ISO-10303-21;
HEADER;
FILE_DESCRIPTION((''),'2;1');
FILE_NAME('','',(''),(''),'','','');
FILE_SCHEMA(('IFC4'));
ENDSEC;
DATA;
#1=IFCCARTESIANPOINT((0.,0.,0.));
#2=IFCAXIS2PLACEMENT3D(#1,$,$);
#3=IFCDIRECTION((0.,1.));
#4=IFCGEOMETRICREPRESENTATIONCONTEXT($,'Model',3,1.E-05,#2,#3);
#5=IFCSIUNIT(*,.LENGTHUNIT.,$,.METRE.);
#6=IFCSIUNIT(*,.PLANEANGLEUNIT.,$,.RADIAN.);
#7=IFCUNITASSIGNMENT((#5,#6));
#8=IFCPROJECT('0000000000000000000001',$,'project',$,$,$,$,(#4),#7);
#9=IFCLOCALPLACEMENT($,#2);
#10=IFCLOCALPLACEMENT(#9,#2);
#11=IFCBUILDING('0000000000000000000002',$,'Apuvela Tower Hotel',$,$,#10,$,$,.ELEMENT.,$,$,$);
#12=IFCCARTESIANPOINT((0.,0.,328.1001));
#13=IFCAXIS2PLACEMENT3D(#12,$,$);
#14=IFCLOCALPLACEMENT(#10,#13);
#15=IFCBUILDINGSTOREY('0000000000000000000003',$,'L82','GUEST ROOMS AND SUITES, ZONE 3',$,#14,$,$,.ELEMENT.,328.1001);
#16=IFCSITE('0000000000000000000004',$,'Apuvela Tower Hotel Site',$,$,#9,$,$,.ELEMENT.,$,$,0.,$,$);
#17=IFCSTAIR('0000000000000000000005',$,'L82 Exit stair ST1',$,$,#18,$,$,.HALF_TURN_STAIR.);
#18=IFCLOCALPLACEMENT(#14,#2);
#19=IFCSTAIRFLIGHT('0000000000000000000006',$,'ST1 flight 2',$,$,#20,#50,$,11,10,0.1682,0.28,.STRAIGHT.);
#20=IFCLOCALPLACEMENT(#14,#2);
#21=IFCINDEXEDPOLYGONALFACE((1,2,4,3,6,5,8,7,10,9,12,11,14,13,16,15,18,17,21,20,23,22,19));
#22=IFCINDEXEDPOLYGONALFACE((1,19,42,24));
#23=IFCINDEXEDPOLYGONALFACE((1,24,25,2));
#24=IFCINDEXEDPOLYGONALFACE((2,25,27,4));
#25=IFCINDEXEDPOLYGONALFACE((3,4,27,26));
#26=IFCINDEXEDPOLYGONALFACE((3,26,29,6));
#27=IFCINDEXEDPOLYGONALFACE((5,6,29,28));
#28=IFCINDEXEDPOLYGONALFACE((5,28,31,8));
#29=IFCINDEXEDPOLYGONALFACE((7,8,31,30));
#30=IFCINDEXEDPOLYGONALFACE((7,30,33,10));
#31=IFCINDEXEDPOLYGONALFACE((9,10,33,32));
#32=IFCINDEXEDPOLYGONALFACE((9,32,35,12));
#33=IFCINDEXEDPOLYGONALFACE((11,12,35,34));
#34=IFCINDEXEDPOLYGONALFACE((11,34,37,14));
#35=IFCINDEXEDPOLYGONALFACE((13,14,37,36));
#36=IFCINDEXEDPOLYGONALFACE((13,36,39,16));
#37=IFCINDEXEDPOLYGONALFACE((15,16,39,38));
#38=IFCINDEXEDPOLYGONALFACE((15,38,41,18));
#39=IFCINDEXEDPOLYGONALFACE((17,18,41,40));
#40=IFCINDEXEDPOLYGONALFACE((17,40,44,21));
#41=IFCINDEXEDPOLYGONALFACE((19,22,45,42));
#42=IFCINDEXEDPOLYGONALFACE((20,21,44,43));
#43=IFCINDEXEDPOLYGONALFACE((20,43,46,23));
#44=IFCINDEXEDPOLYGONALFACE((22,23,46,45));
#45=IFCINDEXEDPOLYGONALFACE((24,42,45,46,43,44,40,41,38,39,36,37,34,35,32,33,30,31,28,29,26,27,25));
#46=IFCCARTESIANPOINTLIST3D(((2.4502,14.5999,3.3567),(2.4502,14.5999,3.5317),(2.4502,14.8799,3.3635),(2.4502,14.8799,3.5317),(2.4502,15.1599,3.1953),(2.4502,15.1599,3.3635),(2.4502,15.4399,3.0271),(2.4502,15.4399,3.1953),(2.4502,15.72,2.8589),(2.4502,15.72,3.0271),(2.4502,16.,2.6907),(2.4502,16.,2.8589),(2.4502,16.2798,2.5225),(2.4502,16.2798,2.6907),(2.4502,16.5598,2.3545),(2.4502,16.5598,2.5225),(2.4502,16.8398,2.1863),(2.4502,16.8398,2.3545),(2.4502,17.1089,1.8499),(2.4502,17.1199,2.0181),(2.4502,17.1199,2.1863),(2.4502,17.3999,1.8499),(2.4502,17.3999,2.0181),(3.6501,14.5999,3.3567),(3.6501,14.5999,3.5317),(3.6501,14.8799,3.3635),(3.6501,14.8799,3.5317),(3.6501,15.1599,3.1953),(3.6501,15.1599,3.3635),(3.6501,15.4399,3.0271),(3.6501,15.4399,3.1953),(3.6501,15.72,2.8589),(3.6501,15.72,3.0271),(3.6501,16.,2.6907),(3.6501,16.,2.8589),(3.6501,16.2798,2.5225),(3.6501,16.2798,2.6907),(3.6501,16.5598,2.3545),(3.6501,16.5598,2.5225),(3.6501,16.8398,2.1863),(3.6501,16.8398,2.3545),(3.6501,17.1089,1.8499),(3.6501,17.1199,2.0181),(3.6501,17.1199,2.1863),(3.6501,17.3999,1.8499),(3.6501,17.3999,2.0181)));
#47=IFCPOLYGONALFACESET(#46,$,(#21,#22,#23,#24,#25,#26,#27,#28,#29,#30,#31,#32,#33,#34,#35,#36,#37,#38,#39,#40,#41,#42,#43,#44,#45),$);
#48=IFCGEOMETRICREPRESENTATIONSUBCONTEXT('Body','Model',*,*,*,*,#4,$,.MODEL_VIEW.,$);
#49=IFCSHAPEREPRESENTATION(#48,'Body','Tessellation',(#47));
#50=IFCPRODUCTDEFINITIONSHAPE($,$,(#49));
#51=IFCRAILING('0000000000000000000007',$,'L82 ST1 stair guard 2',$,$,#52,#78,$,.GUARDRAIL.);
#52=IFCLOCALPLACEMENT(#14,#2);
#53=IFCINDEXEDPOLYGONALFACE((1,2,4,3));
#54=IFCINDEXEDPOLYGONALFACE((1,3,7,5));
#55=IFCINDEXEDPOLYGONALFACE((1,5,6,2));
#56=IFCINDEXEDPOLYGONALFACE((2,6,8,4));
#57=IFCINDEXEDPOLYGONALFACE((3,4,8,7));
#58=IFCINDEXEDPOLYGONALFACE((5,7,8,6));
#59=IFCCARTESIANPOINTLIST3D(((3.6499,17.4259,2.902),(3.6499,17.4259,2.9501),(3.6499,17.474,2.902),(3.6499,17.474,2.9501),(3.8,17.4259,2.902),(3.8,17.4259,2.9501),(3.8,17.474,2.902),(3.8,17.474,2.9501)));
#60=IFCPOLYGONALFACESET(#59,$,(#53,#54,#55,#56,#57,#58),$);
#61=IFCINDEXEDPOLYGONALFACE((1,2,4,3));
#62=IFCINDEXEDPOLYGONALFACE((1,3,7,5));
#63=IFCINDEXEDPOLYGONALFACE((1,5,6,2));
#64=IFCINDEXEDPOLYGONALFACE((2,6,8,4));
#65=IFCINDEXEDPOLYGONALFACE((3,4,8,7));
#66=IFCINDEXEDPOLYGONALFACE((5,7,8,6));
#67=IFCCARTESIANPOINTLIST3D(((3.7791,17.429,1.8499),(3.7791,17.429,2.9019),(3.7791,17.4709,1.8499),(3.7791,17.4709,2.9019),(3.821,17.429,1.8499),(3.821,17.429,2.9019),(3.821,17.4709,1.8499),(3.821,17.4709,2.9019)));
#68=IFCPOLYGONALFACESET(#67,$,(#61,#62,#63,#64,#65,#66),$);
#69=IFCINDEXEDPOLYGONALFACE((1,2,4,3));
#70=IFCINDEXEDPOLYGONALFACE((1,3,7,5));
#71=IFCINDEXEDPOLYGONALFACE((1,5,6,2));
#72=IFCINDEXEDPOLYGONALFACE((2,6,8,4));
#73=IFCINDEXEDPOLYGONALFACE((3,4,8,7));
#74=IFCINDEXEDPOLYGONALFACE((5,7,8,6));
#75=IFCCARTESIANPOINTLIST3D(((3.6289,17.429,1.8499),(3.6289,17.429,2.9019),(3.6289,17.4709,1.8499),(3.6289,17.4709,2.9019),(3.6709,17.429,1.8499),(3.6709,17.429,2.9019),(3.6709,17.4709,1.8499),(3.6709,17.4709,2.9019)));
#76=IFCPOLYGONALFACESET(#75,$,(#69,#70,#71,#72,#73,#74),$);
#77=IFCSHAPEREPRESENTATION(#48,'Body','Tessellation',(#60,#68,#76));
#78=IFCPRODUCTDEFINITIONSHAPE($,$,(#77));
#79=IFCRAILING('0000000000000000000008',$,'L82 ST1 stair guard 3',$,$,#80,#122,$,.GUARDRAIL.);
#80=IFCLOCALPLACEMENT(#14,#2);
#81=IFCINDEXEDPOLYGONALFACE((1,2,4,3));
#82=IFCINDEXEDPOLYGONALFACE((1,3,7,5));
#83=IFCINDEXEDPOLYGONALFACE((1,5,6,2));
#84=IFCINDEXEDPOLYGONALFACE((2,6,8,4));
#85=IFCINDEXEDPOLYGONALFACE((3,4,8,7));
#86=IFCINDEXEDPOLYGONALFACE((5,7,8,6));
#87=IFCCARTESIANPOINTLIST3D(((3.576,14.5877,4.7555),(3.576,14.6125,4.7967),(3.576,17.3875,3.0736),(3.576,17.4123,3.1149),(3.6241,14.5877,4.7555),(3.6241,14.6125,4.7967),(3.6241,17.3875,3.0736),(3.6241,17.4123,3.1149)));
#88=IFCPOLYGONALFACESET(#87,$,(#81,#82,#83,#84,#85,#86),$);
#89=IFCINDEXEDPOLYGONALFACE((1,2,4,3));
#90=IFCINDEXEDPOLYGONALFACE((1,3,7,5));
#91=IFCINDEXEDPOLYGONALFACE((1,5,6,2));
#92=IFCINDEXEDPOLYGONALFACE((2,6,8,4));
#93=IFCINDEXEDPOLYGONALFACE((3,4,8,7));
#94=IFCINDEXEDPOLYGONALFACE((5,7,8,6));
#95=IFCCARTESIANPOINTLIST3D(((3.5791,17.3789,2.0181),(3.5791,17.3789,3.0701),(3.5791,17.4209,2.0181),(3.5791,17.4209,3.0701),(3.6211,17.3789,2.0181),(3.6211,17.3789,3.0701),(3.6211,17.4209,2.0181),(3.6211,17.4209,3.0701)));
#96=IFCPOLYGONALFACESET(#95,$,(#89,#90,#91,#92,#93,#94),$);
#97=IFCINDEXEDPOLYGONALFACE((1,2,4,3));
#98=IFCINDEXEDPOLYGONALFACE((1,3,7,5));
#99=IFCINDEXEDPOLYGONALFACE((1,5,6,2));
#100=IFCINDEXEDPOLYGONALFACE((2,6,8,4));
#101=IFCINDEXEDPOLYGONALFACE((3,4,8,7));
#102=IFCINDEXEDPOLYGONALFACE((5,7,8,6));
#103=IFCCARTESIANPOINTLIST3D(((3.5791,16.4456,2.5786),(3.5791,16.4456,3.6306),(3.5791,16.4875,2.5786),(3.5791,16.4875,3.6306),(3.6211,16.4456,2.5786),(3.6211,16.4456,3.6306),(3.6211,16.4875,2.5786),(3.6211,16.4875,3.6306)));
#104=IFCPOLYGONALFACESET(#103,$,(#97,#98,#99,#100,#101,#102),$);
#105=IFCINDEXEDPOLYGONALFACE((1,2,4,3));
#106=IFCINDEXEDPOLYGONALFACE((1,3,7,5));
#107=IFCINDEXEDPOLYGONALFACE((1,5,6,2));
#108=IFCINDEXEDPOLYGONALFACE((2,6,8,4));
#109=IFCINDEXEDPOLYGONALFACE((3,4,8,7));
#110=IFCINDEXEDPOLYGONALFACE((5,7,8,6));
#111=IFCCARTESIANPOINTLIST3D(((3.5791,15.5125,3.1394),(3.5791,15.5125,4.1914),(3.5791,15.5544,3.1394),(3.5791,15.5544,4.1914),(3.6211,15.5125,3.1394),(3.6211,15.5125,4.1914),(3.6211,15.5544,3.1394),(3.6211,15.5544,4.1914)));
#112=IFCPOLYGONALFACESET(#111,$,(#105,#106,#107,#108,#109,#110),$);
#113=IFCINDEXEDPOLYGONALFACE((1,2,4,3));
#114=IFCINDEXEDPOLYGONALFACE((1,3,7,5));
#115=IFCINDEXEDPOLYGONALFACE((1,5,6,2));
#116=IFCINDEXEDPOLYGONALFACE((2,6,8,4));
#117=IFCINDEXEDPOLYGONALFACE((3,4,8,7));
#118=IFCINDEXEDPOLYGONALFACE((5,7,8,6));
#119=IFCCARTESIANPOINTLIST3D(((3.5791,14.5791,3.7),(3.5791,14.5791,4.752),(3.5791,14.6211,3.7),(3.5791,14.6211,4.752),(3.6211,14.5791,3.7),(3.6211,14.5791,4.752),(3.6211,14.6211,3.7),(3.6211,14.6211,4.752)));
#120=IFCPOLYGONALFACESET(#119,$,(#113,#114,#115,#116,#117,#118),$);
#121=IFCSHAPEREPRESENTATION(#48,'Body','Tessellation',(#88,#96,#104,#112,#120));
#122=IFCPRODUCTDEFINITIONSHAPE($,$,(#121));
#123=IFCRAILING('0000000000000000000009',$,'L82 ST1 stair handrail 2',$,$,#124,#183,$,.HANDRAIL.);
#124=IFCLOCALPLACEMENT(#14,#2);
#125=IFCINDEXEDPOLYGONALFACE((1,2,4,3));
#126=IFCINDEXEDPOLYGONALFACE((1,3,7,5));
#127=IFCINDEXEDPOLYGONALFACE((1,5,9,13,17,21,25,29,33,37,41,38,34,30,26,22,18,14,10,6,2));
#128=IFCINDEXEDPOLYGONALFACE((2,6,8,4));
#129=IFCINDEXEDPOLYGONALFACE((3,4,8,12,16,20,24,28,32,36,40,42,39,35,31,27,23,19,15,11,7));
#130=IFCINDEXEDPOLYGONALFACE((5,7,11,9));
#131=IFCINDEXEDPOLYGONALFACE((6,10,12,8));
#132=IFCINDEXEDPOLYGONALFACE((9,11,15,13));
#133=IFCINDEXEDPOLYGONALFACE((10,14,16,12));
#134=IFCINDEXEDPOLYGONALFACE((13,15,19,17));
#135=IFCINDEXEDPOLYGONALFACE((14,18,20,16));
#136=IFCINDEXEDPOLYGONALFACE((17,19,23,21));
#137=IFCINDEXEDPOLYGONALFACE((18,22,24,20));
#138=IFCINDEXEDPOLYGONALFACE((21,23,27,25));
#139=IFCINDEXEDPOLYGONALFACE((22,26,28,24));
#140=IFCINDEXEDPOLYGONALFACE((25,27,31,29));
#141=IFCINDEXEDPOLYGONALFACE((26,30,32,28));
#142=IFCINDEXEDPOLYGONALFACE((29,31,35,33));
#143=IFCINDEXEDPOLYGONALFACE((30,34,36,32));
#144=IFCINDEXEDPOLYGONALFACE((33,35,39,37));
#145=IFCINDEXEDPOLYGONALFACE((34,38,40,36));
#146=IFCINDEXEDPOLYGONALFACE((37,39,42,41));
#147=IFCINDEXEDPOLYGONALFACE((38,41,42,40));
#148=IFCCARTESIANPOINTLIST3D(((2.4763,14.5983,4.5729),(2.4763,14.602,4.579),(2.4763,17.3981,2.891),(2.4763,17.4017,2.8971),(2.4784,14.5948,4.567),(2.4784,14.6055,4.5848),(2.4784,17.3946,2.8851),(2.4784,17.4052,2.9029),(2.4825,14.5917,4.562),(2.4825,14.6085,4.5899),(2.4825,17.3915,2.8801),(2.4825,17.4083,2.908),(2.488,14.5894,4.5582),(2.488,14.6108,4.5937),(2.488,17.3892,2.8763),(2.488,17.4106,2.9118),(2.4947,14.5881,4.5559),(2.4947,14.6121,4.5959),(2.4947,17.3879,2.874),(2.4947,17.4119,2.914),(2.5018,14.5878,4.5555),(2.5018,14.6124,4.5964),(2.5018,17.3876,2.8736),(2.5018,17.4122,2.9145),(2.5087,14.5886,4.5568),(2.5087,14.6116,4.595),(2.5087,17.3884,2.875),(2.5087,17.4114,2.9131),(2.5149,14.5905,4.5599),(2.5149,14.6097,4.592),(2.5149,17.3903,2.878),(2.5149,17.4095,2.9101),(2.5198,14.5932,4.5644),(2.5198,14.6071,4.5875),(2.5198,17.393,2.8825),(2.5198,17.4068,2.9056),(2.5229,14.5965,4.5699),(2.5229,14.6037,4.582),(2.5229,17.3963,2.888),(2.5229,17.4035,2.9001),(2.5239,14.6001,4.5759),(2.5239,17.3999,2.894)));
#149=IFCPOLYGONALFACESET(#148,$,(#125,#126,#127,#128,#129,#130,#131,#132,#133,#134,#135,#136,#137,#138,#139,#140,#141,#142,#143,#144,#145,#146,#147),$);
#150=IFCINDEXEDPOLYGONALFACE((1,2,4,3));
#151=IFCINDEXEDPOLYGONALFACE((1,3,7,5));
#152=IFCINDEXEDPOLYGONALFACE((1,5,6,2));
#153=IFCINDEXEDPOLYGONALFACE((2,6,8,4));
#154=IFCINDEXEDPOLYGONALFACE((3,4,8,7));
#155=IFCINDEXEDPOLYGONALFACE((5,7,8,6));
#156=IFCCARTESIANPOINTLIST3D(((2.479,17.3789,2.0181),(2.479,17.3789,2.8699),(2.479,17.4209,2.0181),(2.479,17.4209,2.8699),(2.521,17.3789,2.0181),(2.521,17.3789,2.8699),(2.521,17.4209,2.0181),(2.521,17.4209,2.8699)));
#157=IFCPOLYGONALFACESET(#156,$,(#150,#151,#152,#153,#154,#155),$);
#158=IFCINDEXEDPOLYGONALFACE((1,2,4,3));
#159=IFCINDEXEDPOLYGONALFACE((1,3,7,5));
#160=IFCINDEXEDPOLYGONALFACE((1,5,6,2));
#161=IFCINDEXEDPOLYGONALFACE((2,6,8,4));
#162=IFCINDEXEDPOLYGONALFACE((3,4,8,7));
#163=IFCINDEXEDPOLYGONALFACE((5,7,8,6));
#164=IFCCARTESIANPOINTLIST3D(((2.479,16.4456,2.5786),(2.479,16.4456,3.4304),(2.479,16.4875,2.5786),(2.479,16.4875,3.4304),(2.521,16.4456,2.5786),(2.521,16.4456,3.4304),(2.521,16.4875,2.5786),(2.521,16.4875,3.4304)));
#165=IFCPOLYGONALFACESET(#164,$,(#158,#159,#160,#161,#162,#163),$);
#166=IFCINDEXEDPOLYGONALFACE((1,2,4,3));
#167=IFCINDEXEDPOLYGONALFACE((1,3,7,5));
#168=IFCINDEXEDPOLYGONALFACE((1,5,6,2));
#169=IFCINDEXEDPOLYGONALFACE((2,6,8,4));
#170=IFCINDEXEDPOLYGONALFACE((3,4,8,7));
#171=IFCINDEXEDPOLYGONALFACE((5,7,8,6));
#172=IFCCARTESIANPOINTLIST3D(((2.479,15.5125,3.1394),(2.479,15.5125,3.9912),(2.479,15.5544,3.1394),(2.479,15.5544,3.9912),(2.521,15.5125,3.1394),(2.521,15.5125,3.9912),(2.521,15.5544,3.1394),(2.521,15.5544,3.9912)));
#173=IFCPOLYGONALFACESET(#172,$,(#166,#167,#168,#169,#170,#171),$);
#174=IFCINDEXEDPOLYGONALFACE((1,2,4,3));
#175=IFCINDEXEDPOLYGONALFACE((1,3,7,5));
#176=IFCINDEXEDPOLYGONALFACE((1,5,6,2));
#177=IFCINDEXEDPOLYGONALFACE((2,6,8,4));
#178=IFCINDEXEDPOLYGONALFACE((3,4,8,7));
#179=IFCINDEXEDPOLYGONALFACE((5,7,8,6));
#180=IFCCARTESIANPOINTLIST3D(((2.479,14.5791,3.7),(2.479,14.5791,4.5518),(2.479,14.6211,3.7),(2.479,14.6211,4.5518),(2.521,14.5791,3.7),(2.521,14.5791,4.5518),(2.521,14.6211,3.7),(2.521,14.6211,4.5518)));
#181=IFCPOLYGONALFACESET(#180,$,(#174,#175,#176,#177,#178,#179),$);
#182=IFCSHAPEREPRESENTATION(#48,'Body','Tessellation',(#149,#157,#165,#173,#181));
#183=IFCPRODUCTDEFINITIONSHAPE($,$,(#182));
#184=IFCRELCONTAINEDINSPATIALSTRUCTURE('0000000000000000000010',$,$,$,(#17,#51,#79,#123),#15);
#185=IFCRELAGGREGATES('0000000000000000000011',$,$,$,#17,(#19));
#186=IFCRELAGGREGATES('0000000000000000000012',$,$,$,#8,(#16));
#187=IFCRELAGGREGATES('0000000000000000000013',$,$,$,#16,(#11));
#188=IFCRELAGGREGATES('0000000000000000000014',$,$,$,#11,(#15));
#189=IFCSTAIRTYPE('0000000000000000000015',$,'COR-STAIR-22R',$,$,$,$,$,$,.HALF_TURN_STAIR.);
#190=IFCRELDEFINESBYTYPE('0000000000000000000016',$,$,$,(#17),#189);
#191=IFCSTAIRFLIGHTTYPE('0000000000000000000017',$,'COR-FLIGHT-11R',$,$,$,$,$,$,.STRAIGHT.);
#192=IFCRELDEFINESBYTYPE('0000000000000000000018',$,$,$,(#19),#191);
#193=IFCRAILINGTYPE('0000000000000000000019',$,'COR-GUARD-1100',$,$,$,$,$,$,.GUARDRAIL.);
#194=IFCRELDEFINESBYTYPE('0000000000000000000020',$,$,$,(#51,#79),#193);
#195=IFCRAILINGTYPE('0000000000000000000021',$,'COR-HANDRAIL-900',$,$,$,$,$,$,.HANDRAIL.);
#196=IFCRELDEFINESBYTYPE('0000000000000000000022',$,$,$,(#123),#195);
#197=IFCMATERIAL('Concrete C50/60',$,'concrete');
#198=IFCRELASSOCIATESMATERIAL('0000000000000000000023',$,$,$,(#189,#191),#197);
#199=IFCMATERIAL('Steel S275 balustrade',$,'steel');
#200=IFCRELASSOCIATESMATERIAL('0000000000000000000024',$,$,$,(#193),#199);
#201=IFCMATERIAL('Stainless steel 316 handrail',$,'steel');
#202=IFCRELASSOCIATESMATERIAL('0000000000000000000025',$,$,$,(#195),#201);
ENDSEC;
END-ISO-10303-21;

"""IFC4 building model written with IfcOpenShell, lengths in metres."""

from ifc_helpers import new_model, si_unit, direction, frame, origin, origin_2d, place, context, subcontext, project, spatial, polyline, rectangle, circle, outline, extrude, material, type_object, element, aggregate, save


model = new_model("IFC4")

# Units and contexts
model_context = context("Model", 3, precision=1e-05, world=origin(), true_north=direction((0.0, 1.0)))
body_context = subcontext(model_context, "Body", "Model", "MODEL_VIEW")
ifc_project = project(units=[si_unit("LENGTHUNIT", "METRE"), si_unit("PLANEANGLEUNIT", "RADIAN")], contexts=[model_context])

# Site, building, storey
site_placement = place(None, origin())
site = spatial("IfcSite", under=ifc_project, at=site_placement, Name="Apuvela Tower Hotel Site", CompositionType="ELEMENT", RefElevation=0.0)
building_placement = place(site_placement, origin())
building = spatial("IfcBuilding", under=site, at=building_placement, Name="Apuvela Tower Hotel", CompositionType="ELEMENT")
storey_placement = place(building_placement, frame((0.0, 0.0, 328.1001)))
storey = spatial("IfcBuildingStorey", under=building, at=storey_placement, Name="L82", Description="GUEST ROOMS AND SUITES, ZONE 3", CompositionType="ELEMENT", Elevation=328.1001)

# Shared definitions
ifc_material_1 = material(Name="Concrete C50/60", Category="concrete")

# Stair, stair flight
stair_type = type_object("IfcStairType", Name="COR-STAIR-22R", PredefinedType="HALF_TURN_STAIR", material=ifc_material_1)
stair_placement = place(storey_placement, origin())
stair = element("IfcStair", 1, at=stair_placement, inside=storey, type_object=stair_type, Name="L82 Exit stair ST1", PredefinedType="HALF_TURN_STAIR")
stair_flight_type = type_object("IfcStairFlightType", Name="COR-FLIGHT-11R", PredefinedType="STRAIGHT", material=ifc_material_1)
stair_flight_placement = place(storey_placement, frame((3.05, 17.3999, 1.8499), z_axis=(0.0, 0.0, 1.0), x_axis=(0.0, -1.0, 0.0)))
stair_flight = element("IfcStairFlight", 2, at=stair_flight_placement, type_object=stair_flight_type, Name="ST1 flight 2", NumberOfRisers=11, NumberOfTreads=10, PredefinedType="STRAIGHT", RiserHeight=0.1682, TreadLength=0.28, context=body_context, shape_type="SweptSolid", body=[
    extrude(outline(polyline([(0.0, 0.0), (0.0, 0.1682), (0.28, 0.1682), (0.28, 0.3364), (0.5601, 0.3364), (0.5601, 0.5046), (0.8401, 0.5046), (0.8401, 0.6726), (1.1201, 0.6726), (1.1201, 0.8408), (1.3999, 0.8408), (1.3999, 1.009), (1.6799, 1.009), (1.6799, 1.1772), (1.96, 1.1772), (1.96, 1.3455), (2.24, 1.3455), (2.24, 1.5137), (2.52, 1.5137), (2.52, 1.6819), (2.8, 1.6819), (2.8, 1.8501), (2.8, 1.5068), (0.291, 0.0), (0.0, 0.0)])), frame((0.0, 0.6001, 0.0), z_axis=(0.0, -1.0, 0.0), x_axis=(1.0, 0.0, 0.0)), (0.0, 0.0, 1.0), 1.2),
])
aggregate(stair, [stair_flight])

# Railings
ifc_material_2 = material(Name="Steel S275 balustrade", Category="steel")
railing_type_1 = type_object("IfcRailingType", Name="COR-GUARD-1100", PredefinedType="GUARDRAIL", material=ifc_material_2)
railing_1_placement = place(storey_placement, frame((3.8, 17.45, 1.8499)))
element("IfcRailing", 3, at=railing_1_placement, inside=storey, type_object=railing_type_1, Name="L82 ST1 stair guard 2", PredefinedType="GUARDRAIL", context=body_context, shape_type="SweptSolid", body=[
    extrude(rectangle(XDim=0.0481, YDim=0.0481, at=origin_2d()), frame((0.0, 0.0, 1.0762), z_axis=(-1.0, 0.0, 0.0), x_axis=(0.0, -1.0, 0.0)), (0.0, 0.0, 1.0), 0.1501),
    extrude(rectangle(XDim=0.042, YDim=0.042, at=origin_2d()), origin(), (0.0, 0.0, 1.0), 1.052),
    extrude(rectangle(XDim=0.042, YDim=0.042, at=origin_2d()), frame((-0.1501, 0.0, 0.0)), (0.0, 0.0, 1.0), 1.052),
])
railing_2_placement = place(storey_placement, frame((3.6001, 17.3999, 2.0181)))
element("IfcRailing", 4, at=railing_2_placement, inside=storey, type_object=railing_type_1, Name="L82 ST1 stair guard 3", PredefinedType="GUARDRAIL", context=body_context, shape_type="SweptSolid", body=[
    extrude(rectangle(XDim=0.0481, YDim=0.0481, at=origin_2d()), frame((0.0, 0.0, 1.0762), z_axis=(0.0, -0.857222, 0.514946), x_axis=(1.0, 0.0, 0.0)), (0.0, 0.0, 1.0), 3.2661),
    extrude(rectangle(XDim=0.042, YDim=0.042, at=origin_2d()), origin(), (0.0, 0.0, 1.0), 1.052),
    extrude(rectangle(XDim=0.042, YDim=0.042, at=origin_2d()), frame((0.0, -0.9333, 0.5605)), (0.0, 0.0, 1.0), 1.052),
    extrude(rectangle(XDim=0.042, YDim=0.042, at=origin_2d()), frame((0.0, -1.8665, 1.1213)), (0.0, 0.0, 1.0), 1.052),
    extrude(rectangle(XDim=0.042, YDim=0.042, at=origin_2d()), frame((0.0, -2.7998, 1.6819)), (0.0, 0.0, 1.0), 1.052),
])
ifc_material_3 = material(Name="Stainless steel 316 handrail", Category="steel")
railing_type_2 = type_object("IfcRailingType", Name="COR-HANDRAIL-900", PredefinedType="HANDRAIL", material=ifc_material_3)
railing_3_placement = place(storey_placement, frame((2.5, 17.3999, 2.0181)))
element("IfcRailing", 5, at=railing_3_placement, inside=storey, type_object=railing_type_2, Name="L82 ST1 stair handrail 2", PredefinedType="HANDRAIL", context=body_context, shape_type="SweptSolid", body=[
    extrude(circle(Radius=0.0239, at=origin_2d()), frame((0.0, 0.0, 0.876), z_axis=(0.0, -0.857222, 0.514946), x_axis=(1.0, 0.0, 0.0)), (0.0, 0.0, 1.0), 3.2661),
    extrude(rectangle(XDim=0.042, YDim=0.042, at=origin_2d()), origin(), (0.0, 0.0, 1.0), 0.8518),
    extrude(rectangle(XDim=0.042, YDim=0.042, at=origin_2d()), frame((0.0, -0.9333, 0.5605)), (0.0, 0.0, 1.0), 0.8518),
    extrude(rectangle(XDim=0.042, YDim=0.042, at=origin_2d()), frame((0.0, -1.8665, 1.1213)), (0.0, 0.0, 1.0), 0.8518),
    extrude(rectangle(XDim=0.042, YDim=0.042, at=origin_2d()), frame((0.0, -2.7998, 1.6819)), (0.0, 0.0, 1.0), 0.8518),
])

save(model, "model.ifc")
